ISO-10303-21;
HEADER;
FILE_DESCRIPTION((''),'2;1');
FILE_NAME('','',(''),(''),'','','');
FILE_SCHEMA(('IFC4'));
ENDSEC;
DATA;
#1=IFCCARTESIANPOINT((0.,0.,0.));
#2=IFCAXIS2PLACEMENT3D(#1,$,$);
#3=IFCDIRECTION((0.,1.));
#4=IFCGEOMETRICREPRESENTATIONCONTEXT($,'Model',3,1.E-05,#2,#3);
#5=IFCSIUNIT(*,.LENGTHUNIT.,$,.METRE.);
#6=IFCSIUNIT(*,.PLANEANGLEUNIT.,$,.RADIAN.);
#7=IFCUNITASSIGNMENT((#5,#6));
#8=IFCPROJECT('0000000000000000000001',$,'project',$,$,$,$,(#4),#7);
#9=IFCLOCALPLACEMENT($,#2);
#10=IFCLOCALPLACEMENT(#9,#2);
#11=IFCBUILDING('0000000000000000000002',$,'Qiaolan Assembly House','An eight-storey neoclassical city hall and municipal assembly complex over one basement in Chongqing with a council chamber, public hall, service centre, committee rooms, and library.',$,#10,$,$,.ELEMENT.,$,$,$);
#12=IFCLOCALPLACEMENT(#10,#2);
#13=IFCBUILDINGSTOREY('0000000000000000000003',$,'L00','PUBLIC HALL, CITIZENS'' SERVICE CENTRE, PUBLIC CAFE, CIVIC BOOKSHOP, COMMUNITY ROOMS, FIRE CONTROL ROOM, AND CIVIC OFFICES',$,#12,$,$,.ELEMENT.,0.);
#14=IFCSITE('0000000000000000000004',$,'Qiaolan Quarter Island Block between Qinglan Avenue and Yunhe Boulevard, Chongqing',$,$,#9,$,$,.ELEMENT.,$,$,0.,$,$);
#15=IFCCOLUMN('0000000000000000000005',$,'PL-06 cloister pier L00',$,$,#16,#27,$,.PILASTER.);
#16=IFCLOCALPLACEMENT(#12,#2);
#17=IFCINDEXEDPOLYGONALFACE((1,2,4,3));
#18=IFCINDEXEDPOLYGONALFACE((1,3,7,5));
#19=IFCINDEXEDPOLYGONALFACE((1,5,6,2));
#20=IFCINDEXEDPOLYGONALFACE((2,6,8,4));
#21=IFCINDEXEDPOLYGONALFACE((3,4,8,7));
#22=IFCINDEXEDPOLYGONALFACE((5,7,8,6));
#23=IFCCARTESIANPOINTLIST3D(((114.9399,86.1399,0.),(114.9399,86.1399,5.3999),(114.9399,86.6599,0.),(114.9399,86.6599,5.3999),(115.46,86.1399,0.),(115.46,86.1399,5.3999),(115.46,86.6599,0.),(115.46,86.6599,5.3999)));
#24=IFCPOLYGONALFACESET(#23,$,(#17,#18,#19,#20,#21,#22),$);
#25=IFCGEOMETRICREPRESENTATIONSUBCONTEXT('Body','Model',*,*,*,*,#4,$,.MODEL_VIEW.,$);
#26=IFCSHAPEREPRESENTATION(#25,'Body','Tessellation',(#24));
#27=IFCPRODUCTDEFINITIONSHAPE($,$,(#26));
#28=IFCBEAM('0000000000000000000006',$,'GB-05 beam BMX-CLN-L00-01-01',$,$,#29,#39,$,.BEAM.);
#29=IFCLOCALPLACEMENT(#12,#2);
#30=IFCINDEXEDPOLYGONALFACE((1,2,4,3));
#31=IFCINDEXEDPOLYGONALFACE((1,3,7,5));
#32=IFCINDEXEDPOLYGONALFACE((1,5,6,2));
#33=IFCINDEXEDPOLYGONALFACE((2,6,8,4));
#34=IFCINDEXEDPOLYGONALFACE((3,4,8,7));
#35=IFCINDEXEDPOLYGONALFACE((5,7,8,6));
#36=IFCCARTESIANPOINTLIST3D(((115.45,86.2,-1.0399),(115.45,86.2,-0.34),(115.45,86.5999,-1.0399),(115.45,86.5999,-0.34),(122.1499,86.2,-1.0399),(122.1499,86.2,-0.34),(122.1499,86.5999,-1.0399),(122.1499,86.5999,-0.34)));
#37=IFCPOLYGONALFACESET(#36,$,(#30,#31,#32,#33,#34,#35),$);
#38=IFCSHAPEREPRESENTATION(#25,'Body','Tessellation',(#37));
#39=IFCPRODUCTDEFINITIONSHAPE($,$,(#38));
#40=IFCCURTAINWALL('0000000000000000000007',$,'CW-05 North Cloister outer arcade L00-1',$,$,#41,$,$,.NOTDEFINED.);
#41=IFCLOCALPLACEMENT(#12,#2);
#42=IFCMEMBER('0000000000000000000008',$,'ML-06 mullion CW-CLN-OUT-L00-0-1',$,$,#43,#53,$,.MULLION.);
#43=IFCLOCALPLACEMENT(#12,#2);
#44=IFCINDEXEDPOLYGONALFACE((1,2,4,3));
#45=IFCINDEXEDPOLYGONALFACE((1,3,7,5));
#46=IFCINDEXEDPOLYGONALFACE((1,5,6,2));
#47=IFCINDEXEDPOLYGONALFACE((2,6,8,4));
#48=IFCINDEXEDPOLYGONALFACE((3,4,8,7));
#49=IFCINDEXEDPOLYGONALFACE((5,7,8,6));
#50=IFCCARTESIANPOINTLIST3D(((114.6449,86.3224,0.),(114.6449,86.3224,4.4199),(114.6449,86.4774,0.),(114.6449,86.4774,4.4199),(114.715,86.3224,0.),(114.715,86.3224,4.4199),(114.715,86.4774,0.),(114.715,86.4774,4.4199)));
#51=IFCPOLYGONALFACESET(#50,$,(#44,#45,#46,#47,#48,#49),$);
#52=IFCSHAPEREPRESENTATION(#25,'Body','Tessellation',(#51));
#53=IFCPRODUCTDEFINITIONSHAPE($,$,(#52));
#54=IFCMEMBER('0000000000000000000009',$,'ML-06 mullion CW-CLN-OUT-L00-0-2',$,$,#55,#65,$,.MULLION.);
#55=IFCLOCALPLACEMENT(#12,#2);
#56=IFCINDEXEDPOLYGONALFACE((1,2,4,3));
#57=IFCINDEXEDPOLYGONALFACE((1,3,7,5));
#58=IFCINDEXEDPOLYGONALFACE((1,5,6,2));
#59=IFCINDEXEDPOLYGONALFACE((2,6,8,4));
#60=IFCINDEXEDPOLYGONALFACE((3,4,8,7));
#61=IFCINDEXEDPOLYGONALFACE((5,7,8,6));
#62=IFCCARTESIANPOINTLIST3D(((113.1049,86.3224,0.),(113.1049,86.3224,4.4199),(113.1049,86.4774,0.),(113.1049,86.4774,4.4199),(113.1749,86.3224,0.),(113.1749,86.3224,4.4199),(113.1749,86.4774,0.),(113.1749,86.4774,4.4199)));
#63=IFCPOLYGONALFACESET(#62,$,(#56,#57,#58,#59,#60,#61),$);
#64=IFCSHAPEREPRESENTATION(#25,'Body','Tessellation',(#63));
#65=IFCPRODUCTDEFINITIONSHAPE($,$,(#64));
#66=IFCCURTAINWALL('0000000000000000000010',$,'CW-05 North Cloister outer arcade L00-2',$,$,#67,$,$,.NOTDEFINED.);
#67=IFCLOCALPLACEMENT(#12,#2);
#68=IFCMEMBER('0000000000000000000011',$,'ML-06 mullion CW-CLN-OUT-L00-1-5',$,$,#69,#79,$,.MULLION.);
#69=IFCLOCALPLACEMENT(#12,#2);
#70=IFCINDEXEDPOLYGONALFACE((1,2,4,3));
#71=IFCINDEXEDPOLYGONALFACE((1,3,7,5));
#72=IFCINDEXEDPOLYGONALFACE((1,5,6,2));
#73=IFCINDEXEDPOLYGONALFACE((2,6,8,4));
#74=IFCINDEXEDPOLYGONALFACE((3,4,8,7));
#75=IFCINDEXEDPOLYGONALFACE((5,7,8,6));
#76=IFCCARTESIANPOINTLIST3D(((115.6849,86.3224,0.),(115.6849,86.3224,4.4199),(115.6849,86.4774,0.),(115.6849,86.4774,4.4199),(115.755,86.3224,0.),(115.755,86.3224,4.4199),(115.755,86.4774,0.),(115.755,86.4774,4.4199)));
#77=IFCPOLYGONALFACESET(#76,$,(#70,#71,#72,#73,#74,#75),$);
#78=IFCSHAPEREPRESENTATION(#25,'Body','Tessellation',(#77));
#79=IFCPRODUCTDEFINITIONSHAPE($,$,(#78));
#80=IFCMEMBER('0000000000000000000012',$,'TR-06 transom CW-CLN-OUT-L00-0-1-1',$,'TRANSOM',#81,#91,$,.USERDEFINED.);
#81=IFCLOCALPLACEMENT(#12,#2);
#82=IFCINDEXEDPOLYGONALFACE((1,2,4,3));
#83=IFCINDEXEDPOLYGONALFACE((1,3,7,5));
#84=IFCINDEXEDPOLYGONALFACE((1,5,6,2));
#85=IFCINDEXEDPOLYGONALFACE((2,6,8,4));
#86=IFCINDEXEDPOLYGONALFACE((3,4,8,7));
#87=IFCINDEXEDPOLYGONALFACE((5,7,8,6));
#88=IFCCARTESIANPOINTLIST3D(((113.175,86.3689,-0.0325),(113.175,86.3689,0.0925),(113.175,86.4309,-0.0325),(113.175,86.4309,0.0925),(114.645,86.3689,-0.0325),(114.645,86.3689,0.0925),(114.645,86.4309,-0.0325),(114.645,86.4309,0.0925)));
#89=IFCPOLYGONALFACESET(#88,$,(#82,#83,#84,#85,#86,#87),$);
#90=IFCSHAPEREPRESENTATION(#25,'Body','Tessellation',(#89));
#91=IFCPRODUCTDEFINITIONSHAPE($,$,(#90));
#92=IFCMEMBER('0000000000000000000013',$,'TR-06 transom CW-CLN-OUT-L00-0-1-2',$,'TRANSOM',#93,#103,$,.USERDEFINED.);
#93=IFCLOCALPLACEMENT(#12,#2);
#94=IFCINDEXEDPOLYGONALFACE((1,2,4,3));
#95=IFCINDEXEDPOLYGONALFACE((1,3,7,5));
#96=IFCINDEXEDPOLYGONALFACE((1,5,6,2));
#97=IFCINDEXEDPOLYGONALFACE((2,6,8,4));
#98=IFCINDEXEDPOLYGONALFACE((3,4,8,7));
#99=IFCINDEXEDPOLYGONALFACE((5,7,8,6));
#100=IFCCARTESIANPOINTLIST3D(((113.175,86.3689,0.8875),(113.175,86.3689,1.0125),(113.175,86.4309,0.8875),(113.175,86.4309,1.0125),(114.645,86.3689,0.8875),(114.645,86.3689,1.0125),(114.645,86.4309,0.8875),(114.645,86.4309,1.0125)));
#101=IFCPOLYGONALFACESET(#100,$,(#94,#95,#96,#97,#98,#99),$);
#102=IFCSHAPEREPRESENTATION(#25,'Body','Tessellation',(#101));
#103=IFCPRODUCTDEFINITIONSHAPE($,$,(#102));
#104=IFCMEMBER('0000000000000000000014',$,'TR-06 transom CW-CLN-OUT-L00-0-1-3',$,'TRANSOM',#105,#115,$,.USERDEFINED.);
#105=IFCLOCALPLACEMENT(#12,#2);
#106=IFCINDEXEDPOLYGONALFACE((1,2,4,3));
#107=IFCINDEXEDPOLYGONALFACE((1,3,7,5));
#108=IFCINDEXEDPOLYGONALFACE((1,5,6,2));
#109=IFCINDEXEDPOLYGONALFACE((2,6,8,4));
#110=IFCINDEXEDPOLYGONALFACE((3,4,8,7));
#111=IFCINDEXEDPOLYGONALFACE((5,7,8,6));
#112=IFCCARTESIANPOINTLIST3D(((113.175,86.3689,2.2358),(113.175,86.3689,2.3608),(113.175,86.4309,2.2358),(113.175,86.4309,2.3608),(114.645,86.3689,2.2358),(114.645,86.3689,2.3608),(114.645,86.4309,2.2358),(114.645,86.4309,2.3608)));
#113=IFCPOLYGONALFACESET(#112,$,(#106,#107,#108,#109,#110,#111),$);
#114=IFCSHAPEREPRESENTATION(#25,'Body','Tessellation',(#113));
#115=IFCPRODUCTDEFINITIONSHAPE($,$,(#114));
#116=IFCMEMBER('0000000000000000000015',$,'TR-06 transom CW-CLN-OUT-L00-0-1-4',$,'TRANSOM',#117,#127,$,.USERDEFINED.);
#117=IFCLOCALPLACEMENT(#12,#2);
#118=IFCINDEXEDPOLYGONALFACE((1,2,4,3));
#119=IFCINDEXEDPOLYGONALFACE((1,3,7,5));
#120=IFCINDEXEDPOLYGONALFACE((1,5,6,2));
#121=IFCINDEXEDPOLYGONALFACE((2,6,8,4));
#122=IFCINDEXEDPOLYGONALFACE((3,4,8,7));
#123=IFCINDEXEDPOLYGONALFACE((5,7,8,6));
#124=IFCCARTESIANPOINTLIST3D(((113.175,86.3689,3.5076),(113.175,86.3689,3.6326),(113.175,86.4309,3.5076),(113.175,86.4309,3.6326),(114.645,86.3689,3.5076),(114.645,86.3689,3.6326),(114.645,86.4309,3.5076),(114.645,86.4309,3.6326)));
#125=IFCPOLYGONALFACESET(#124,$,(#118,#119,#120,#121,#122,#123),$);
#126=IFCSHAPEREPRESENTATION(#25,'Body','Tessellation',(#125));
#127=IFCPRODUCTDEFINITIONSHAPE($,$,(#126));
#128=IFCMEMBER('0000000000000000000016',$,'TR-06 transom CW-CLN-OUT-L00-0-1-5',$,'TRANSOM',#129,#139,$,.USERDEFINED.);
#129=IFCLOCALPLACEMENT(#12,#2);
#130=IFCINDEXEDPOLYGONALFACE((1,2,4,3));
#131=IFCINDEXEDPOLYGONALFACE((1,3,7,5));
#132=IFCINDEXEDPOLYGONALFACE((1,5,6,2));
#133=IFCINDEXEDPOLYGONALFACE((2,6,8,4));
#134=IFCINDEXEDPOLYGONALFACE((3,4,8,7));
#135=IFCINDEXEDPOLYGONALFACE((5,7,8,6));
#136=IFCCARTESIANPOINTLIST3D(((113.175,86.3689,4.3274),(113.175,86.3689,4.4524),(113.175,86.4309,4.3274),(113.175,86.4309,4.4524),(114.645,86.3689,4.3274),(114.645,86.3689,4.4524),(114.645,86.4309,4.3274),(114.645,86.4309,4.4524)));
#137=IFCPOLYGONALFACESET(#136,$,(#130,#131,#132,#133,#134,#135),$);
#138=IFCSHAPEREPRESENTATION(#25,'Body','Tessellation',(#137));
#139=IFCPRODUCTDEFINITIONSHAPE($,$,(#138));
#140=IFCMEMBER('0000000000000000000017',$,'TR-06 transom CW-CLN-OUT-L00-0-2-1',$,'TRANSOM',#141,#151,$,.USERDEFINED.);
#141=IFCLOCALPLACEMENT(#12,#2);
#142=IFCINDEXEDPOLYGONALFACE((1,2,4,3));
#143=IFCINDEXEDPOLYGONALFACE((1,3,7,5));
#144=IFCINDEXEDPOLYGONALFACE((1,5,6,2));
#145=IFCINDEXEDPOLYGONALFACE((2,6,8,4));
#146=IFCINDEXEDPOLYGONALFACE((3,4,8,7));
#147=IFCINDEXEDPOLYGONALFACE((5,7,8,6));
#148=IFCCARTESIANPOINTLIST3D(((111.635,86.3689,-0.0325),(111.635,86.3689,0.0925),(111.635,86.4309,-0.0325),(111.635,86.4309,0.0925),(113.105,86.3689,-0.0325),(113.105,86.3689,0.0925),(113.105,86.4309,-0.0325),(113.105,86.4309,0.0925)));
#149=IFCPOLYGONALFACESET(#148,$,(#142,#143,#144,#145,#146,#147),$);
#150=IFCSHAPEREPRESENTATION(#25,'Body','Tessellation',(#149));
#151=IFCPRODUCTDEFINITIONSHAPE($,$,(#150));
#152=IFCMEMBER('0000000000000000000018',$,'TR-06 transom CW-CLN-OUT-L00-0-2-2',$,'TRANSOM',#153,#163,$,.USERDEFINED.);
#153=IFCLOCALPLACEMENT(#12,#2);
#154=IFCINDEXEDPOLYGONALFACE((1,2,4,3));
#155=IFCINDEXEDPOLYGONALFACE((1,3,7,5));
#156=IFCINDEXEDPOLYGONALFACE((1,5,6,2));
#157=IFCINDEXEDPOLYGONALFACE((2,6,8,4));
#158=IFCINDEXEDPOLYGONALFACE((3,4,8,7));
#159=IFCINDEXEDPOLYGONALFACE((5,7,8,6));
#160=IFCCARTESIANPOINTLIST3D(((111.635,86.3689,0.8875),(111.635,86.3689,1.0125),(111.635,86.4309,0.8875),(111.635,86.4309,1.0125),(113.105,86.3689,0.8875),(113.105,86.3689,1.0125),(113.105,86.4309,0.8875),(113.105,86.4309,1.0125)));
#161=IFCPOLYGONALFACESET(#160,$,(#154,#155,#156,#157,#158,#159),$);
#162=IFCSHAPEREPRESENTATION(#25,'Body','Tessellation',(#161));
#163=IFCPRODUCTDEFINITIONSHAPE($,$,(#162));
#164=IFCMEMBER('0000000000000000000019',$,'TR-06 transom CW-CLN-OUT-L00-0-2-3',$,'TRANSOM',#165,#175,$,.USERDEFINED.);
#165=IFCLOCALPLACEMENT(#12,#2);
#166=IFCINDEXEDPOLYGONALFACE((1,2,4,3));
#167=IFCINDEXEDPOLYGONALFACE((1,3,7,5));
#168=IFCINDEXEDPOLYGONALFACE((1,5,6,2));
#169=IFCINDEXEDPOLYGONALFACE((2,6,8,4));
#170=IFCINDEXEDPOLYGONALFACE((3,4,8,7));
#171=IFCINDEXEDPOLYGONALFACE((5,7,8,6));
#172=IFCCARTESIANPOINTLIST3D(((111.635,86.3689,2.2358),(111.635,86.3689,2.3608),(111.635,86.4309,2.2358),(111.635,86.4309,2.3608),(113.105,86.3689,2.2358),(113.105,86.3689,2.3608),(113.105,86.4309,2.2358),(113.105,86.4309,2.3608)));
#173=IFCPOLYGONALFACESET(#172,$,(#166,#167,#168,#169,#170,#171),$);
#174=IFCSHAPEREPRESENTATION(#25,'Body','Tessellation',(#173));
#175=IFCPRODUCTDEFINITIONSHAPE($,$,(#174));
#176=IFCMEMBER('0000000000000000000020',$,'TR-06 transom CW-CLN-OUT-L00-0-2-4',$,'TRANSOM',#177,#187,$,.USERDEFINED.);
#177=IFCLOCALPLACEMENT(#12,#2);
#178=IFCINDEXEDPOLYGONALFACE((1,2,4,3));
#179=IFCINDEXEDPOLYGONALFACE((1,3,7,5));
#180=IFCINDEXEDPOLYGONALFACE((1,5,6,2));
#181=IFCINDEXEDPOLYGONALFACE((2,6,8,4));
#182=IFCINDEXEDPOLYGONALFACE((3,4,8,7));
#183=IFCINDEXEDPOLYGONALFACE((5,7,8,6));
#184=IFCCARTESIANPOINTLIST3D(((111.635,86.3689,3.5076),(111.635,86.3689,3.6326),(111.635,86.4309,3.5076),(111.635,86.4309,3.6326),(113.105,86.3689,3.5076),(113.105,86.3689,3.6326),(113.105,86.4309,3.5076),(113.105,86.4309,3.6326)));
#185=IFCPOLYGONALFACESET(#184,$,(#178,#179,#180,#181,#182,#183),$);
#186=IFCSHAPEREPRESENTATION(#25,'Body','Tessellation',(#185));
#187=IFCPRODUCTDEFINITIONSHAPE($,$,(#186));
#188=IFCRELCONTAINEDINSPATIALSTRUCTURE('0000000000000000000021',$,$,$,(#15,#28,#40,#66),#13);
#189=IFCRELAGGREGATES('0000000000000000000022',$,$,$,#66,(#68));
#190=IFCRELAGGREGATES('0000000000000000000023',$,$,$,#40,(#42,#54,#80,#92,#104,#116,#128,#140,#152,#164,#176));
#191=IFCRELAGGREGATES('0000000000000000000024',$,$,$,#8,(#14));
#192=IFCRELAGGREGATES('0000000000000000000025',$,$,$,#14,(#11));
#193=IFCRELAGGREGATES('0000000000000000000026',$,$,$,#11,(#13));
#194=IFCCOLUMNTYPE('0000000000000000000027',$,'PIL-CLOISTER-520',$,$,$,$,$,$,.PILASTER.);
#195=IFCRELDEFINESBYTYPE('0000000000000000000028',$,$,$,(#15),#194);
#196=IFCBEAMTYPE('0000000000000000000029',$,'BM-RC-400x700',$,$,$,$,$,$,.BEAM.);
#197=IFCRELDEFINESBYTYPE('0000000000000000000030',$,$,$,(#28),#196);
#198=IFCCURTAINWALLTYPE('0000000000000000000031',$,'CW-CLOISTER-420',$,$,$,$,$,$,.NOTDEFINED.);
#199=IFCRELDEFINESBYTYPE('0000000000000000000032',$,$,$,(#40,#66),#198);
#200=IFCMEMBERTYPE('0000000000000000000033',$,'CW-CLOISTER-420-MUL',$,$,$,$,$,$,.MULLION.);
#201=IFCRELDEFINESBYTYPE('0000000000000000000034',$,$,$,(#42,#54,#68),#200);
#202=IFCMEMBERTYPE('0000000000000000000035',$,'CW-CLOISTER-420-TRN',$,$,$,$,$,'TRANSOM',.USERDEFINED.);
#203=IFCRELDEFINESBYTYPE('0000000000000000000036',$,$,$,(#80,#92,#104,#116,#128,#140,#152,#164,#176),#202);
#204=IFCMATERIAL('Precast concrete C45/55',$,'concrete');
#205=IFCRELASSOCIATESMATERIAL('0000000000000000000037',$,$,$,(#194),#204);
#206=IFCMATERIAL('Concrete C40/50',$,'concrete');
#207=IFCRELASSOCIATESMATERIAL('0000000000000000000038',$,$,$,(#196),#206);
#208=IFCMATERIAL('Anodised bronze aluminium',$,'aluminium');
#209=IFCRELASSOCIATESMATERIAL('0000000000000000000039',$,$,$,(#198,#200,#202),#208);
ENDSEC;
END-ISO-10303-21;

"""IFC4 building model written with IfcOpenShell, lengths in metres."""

from ifc_helpers import new_model, si_unit, direction, frame, origin, origin_2d, place, context, subcontext, project, spatial, rectangle, extrude, material, material_profile, profile_set, type_object, element, aggregate, save


model = new_model("IFC4")

# Units and contexts
model_context = context("Model", 3, precision=1e-05, world=origin(), true_north=direction((0.0, 1.0)))
body_context = subcontext(model_context, "Body", "Model", "MODEL_VIEW")
ifc_project = project(units=[si_unit("LENGTHUNIT", "METRE"), si_unit("PLANEANGLEUNIT", "RADIAN")], contexts=[model_context])

# Site, building, storey
site_placement = place(None, origin())
site = spatial("IfcSite", under=ifc_project, at=site_placement, Name="Qiaolan Quarter Island Block between Qinglan Avenue and Yunhe Boulevard, Chongqing", CompositionType="ELEMENT", RefElevation=0.0)
building_placement = place(site_placement, origin())
building = spatial("IfcBuilding", under=site, at=building_placement, Name="Qiaolan Assembly House", Description="An eight-storey neoclassical city hall and municipal assembly complex over one basement in Chongqing with a council chamber, public hall, service centre, committee rooms, and library.", CompositionType="ELEMENT")
storey_placement = place(building_placement, origin())
storey = spatial("IfcBuildingStorey", under=building, at=storey_placement, Name="L00", Description="PUBLIC HALL, CITIZENS' SERVICE CENTRE, PUBLIC CAFE, CIVIC BOOKSHOP, COMMUNITY ROOMS, FIRE CONTROL ROOM, AND CIVIC OFFICES", CompositionType="ELEMENT", Elevation=0.0)

# Column
ifc_material_1 = material(Name="Precast concrete C45/55", Category="concrete")
ifc_material_profile_1 = material_profile(ifc_material_1, rectangle(XDim=0.52, YDim=0.52, at=origin_2d()), Name="PIL 520x520")
ifc_profile_set_1 = profile_set([ifc_material_profile_1], Name="Precast concrete C45/55")
column_type = type_object("IfcColumnType", Name="PIL-CLOISTER-520", PredefinedType="PILASTER", material=ifc_profile_set_1)
column_placement = place(storey_placement, frame((115.2, 86.3999, 0.0), z_axis=(0.0, 0.0, 1.0), x_axis=(1.0, 0.0, 0.0)))
element("IfcColumn", 1, at=column_placement, inside=storey, type_object=column_type, Name="PL-06 cloister pier L00", PredefinedType="PILASTER", context=body_context, shape_type="SweptSolid", body=[
    extrude(rectangle(XDim=0.52, YDim=0.52, at=origin_2d()), origin(), (0.0, 0.0, 1.0), 5.3999),
])

# Beam
ifc_material_2 = material(Name="Concrete C40/50", Category="concrete")
ifc_material_profile_2 = material_profile(ifc_material_2, rectangle(XDim=0.3999, YDim=0.7, at=origin_2d()), Name="RCB 400x700")
ifc_profile_set_2 = profile_set([ifc_material_profile_2], Name="Concrete C40/50")
beam_type = type_object("IfcBeamType", Name="BM-RC-400x700", PredefinedType="BEAM", material=ifc_profile_set_2)
beam_placement = place(storey_placement, frame((115.45, 86.3999, -0.6899), z_axis=(1.0, 0.0, 0.0), x_axis=(0.0, 1.0, 0.0)))
element("IfcBeam", 2, at=beam_placement, inside=storey, type_object=beam_type, Name="GB-05 beam BMX-CLN-L00-01-01", PredefinedType="BEAM", context=body_context, shape_type="SweptSolid", body=[
    extrude(rectangle(XDim=0.3999, YDim=0.7, at=origin_2d()), origin(), (0.0, 0.0, 1.0), 6.7),
])

# Curtain wall, members
ifc_material_3 = material(Name="Anodised bronze aluminium", Category="aluminium")
curtain_wall_type = type_object("IfcCurtainWallType", Name="CW-CLOISTER-420", PredefinedType="NOTDEFINED", material=ifc_material_3)
curtain_wall_1_placement = place(storey_placement, origin())
curtain_wall_1 = element("IfcCurtainWall", 3, at=curtain_wall_1_placement, inside=storey, type_object=curtain_wall_type, Name="CW-05 North Cloister outer arcade L00-1", PredefinedType="NOTDEFINED")
ifc_material_profile_3 = material_profile(ifc_material_3, rectangle(XDim=0.0701, YDim=0.155, at=origin_2d()), Name="MUL 70x155")
ifc_profile_set_3 = profile_set([ifc_material_profile_3], Name="Anodised bronze aluminium")
member_type_1 = type_object("IfcMemberType", Name="CW-CLOISTER-420-MUL", PredefinedType="MULLION", material=ifc_profile_set_3)
member_1_placement = place(storey_placement, frame((114.6799, 86.3999, 0.0), z_axis=(0.0, 0.0, 1.0), x_axis=(-1.0, 0.0, 0.0)))
member_1 = element("IfcMember", 4, at=member_1_placement, type_object=member_type_1, Name="ML-06 mullion CW-CLN-OUT-L00-0-1", PredefinedType="MULLION", context=body_context, shape_type="SweptSolid", body=[
    extrude(rectangle(XDim=0.0701, YDim=0.155, at=origin_2d()), origin(), (0.0, 0.0, 1.0), 4.4199),
])
member_2_placement = place(storey_placement, frame((113.1399, 86.3999, 0.0), z_axis=(0.0, 0.0, 1.0), x_axis=(-1.0, 0.0, 0.0)))
member_2 = element("IfcMember", 5, at=member_2_placement, type_object=member_type_1, Name="ML-06 mullion CW-CLN-OUT-L00-0-2", PredefinedType="MULLION", context=body_context, shape_type="SweptSolid", body=[
    extrude(rectangle(XDim=0.0701, YDim=0.155, at=origin_2d()), origin(), (0.0, 0.0, 1.0), 4.4199),
])

# Curtain wall, member
curtain_wall_2_placement = place(storey_placement, origin())
curtain_wall_2 = element("IfcCurtainWall", 6, at=curtain_wall_2_placement, inside=storey, type_object=curtain_wall_type, Name="CW-05 North Cloister outer arcade L00-2", PredefinedType="NOTDEFINED")
member_3_placement = place(storey_placement, frame((115.72, 86.3999, 0.0), z_axis=(0.0, 0.0, 1.0), x_axis=(-1.0, 0.0, 0.0)))
member_3 = element("IfcMember", 7, at=member_3_placement, type_object=member_type_1, Name="ML-06 mullion CW-CLN-OUT-L00-1-5", PredefinedType="MULLION", context=body_context, shape_type="SweptSolid", body=[
    extrude(rectangle(XDim=0.0701, YDim=0.155, at=origin_2d()), origin(), (0.0, 0.0, 1.0), 4.4199),
])

# Members
ifc_material_profile_4 = material_profile(ifc_material_3, rectangle(XDim=0.062, YDim=0.125, at=origin_2d()), Name="TRN 62x125")
ifc_profile_set_4 = profile_set([ifc_material_profile_4], Name="Anodised bronze aluminium")
member_type_2 = type_object("IfcMemberType", Name="CW-CLOISTER-420-TRN", ElementType="TRANSOM", PredefinedType="USERDEFINED", material=ifc_profile_set_4)
member_4_placement = place(storey_placement, frame((114.645, 86.3999, 0.03), z_axis=(-1.0, 0.0, 0.0), x_axis=(0.0, -1.0, 0.0)))
member_4 = element("IfcMember", 8, at=member_4_placement, type_object=member_type_2, Name="TR-06 transom CW-CLN-OUT-L00-0-1-1", ObjectType="TRANSOM", PredefinedType="USERDEFINED", context=body_context, shape_type="SweptSolid", body=[
    extrude(rectangle(XDim=0.062, YDim=0.125, at=origin_2d()), origin(), (0.0, 0.0, 1.0), 1.47),
])
member_5_placement = place(storey_placement, frame((114.645, 86.3999, 0.95), z_axis=(-1.0, 0.0, 0.0), x_axis=(0.0, -1.0, 0.0)))
member_5 = element("IfcMember", 9, at=member_5_placement, type_object=member_type_2, Name="TR-06 transom CW-CLN-OUT-L00-0-1-2", ObjectType="TRANSOM", PredefinedType="USERDEFINED", context=body_context, shape_type="SweptSolid", body=[
    extrude(rectangle(XDim=0.062, YDim=0.125, at=origin_2d()), origin(), (0.0, 0.0, 1.0), 1.47),
])
member_6_placement = place(storey_placement, frame((114.645, 86.3999, 2.2983), z_axis=(-1.0, 0.0, 0.0), x_axis=(0.0, -1.0, 0.0)))
member_6 = element("IfcMember", 10, at=member_6_placement, type_object=member_type_2, Name="TR-06 transom CW-CLN-OUT-L00-0-1-3", ObjectType="TRANSOM", PredefinedType="USERDEFINED", context=body_context, shape_type="SweptSolid", body=[
    extrude(rectangle(XDim=0.062, YDim=0.125, at=origin_2d()), origin(), (0.0, 0.0, 1.0), 1.47),
])
member_7_placement = place(storey_placement, frame((114.645, 86.3999, 3.5701), z_axis=(-1.0, 0.0, 0.0), x_axis=(0.0, -1.0, 0.0)))
member_7 = element("IfcMember", 11, at=member_7_placement, type_object=member_type_2, Name="TR-06 transom CW-CLN-OUT-L00-0-1-4", ObjectType="TRANSOM", PredefinedType="USERDEFINED", context=body_context, shape_type="SweptSolid", body=[
    extrude(rectangle(XDim=0.062, YDim=0.125, at=origin_2d()), origin(), (0.0, 0.0, 1.0), 1.47),
])
member_8_placement = place(storey_placement, frame((114.645, 86.3999, 4.3899), z_axis=(-1.0, 0.0, 0.0), x_axis=(0.0, -1.0, 0.0)))
member_8 = element("IfcMember", 12, at=member_8_placement, type_object=member_type_2, Name="TR-06 transom CW-CLN-OUT-L00-0-1-5", ObjectType="TRANSOM", PredefinedType="USERDEFINED", context=body_context, shape_type="SweptSolid", body=[
    extrude(rectangle(XDim=0.062, YDim=0.125, at=origin_2d()), origin(), (0.0, 0.0, 1.0), 1.47),
])
member_9_placement = place(storey_placement, frame((113.105, 86.3999, 0.03), z_axis=(-1.0, 0.0, 0.0), x_axis=(0.0, -1.0, 0.0)))
member_9 = element("IfcMember", 13, at=member_9_placement, type_object=member_type_2, Name="TR-06 transom CW-CLN-OUT-L00-0-2-1", ObjectType="TRANSOM", PredefinedType="USERDEFINED", context=body_context, shape_type="SweptSolid", body=[
    extrude(rectangle(XDim=0.062, YDim=0.125, at=origin_2d()), origin(), (0.0, 0.0, 1.0), 1.47),
])
member_10_placement = place(storey_placement, frame((113.105, 86.3999, 0.95), z_axis=(-1.0, 0.0, 0.0), x_axis=(0.0, -1.0, 0.0)))
member_10 = element("IfcMember", 14, at=member_10_placement, type_object=member_type_2, Name="TR-06 transom CW-CLN-OUT-L00-0-2-2", ObjectType="TRANSOM", PredefinedType="USERDEFINED", context=body_context, shape_type="SweptSolid", body=[
    extrude(rectangle(XDim=0.062, YDim=0.125, at=origin_2d()), origin(), (0.0, 0.0, 1.0), 1.47),
])
member_11_placement = place(storey_placement, frame((113.105, 86.3999, 2.2983), z_axis=(-1.0, 0.0, 0.0), x_axis=(0.0, -1.0, 0.0)))
member_11 = element("IfcMember", 15, at=member_11_placement, type_object=member_type_2, Name="TR-06 transom CW-CLN-OUT-L00-0-2-3", ObjectType="TRANSOM", PredefinedType="USERDEFINED", context=body_context, shape_type="SweptSolid", body=[
    extrude(rectangle(XDim=0.062, YDim=0.125, at=origin_2d()), origin(), (0.0, 0.0, 1.0), 1.47),
])
member_12_placement = place(storey_placement, frame((113.105, 86.3999, 3.5701), z_axis=(-1.0, 0.0, 0.0), x_axis=(0.0, -1.0, 0.0)))
member_12 = element("IfcMember", 16, at=member_12_placement, type_object=member_type_2, Name="TR-06 transom CW-CLN-OUT-L00-0-2-4", ObjectType="TRANSOM", PredefinedType="USERDEFINED", context=body_context, shape_type="SweptSolid", body=[
    extrude(rectangle(XDim=0.062, YDim=0.125, at=origin_2d()), origin(), (0.0, 0.0, 1.0), 1.47),
])
aggregate(curtain_wall_2, [member_3])

aggregate(curtain_wall_1, [member_1, member_2, member_4, member_5, member_6, member_7, member_8, member_9, member_10, member_11, member_12])

save(model, "model.ifc")
